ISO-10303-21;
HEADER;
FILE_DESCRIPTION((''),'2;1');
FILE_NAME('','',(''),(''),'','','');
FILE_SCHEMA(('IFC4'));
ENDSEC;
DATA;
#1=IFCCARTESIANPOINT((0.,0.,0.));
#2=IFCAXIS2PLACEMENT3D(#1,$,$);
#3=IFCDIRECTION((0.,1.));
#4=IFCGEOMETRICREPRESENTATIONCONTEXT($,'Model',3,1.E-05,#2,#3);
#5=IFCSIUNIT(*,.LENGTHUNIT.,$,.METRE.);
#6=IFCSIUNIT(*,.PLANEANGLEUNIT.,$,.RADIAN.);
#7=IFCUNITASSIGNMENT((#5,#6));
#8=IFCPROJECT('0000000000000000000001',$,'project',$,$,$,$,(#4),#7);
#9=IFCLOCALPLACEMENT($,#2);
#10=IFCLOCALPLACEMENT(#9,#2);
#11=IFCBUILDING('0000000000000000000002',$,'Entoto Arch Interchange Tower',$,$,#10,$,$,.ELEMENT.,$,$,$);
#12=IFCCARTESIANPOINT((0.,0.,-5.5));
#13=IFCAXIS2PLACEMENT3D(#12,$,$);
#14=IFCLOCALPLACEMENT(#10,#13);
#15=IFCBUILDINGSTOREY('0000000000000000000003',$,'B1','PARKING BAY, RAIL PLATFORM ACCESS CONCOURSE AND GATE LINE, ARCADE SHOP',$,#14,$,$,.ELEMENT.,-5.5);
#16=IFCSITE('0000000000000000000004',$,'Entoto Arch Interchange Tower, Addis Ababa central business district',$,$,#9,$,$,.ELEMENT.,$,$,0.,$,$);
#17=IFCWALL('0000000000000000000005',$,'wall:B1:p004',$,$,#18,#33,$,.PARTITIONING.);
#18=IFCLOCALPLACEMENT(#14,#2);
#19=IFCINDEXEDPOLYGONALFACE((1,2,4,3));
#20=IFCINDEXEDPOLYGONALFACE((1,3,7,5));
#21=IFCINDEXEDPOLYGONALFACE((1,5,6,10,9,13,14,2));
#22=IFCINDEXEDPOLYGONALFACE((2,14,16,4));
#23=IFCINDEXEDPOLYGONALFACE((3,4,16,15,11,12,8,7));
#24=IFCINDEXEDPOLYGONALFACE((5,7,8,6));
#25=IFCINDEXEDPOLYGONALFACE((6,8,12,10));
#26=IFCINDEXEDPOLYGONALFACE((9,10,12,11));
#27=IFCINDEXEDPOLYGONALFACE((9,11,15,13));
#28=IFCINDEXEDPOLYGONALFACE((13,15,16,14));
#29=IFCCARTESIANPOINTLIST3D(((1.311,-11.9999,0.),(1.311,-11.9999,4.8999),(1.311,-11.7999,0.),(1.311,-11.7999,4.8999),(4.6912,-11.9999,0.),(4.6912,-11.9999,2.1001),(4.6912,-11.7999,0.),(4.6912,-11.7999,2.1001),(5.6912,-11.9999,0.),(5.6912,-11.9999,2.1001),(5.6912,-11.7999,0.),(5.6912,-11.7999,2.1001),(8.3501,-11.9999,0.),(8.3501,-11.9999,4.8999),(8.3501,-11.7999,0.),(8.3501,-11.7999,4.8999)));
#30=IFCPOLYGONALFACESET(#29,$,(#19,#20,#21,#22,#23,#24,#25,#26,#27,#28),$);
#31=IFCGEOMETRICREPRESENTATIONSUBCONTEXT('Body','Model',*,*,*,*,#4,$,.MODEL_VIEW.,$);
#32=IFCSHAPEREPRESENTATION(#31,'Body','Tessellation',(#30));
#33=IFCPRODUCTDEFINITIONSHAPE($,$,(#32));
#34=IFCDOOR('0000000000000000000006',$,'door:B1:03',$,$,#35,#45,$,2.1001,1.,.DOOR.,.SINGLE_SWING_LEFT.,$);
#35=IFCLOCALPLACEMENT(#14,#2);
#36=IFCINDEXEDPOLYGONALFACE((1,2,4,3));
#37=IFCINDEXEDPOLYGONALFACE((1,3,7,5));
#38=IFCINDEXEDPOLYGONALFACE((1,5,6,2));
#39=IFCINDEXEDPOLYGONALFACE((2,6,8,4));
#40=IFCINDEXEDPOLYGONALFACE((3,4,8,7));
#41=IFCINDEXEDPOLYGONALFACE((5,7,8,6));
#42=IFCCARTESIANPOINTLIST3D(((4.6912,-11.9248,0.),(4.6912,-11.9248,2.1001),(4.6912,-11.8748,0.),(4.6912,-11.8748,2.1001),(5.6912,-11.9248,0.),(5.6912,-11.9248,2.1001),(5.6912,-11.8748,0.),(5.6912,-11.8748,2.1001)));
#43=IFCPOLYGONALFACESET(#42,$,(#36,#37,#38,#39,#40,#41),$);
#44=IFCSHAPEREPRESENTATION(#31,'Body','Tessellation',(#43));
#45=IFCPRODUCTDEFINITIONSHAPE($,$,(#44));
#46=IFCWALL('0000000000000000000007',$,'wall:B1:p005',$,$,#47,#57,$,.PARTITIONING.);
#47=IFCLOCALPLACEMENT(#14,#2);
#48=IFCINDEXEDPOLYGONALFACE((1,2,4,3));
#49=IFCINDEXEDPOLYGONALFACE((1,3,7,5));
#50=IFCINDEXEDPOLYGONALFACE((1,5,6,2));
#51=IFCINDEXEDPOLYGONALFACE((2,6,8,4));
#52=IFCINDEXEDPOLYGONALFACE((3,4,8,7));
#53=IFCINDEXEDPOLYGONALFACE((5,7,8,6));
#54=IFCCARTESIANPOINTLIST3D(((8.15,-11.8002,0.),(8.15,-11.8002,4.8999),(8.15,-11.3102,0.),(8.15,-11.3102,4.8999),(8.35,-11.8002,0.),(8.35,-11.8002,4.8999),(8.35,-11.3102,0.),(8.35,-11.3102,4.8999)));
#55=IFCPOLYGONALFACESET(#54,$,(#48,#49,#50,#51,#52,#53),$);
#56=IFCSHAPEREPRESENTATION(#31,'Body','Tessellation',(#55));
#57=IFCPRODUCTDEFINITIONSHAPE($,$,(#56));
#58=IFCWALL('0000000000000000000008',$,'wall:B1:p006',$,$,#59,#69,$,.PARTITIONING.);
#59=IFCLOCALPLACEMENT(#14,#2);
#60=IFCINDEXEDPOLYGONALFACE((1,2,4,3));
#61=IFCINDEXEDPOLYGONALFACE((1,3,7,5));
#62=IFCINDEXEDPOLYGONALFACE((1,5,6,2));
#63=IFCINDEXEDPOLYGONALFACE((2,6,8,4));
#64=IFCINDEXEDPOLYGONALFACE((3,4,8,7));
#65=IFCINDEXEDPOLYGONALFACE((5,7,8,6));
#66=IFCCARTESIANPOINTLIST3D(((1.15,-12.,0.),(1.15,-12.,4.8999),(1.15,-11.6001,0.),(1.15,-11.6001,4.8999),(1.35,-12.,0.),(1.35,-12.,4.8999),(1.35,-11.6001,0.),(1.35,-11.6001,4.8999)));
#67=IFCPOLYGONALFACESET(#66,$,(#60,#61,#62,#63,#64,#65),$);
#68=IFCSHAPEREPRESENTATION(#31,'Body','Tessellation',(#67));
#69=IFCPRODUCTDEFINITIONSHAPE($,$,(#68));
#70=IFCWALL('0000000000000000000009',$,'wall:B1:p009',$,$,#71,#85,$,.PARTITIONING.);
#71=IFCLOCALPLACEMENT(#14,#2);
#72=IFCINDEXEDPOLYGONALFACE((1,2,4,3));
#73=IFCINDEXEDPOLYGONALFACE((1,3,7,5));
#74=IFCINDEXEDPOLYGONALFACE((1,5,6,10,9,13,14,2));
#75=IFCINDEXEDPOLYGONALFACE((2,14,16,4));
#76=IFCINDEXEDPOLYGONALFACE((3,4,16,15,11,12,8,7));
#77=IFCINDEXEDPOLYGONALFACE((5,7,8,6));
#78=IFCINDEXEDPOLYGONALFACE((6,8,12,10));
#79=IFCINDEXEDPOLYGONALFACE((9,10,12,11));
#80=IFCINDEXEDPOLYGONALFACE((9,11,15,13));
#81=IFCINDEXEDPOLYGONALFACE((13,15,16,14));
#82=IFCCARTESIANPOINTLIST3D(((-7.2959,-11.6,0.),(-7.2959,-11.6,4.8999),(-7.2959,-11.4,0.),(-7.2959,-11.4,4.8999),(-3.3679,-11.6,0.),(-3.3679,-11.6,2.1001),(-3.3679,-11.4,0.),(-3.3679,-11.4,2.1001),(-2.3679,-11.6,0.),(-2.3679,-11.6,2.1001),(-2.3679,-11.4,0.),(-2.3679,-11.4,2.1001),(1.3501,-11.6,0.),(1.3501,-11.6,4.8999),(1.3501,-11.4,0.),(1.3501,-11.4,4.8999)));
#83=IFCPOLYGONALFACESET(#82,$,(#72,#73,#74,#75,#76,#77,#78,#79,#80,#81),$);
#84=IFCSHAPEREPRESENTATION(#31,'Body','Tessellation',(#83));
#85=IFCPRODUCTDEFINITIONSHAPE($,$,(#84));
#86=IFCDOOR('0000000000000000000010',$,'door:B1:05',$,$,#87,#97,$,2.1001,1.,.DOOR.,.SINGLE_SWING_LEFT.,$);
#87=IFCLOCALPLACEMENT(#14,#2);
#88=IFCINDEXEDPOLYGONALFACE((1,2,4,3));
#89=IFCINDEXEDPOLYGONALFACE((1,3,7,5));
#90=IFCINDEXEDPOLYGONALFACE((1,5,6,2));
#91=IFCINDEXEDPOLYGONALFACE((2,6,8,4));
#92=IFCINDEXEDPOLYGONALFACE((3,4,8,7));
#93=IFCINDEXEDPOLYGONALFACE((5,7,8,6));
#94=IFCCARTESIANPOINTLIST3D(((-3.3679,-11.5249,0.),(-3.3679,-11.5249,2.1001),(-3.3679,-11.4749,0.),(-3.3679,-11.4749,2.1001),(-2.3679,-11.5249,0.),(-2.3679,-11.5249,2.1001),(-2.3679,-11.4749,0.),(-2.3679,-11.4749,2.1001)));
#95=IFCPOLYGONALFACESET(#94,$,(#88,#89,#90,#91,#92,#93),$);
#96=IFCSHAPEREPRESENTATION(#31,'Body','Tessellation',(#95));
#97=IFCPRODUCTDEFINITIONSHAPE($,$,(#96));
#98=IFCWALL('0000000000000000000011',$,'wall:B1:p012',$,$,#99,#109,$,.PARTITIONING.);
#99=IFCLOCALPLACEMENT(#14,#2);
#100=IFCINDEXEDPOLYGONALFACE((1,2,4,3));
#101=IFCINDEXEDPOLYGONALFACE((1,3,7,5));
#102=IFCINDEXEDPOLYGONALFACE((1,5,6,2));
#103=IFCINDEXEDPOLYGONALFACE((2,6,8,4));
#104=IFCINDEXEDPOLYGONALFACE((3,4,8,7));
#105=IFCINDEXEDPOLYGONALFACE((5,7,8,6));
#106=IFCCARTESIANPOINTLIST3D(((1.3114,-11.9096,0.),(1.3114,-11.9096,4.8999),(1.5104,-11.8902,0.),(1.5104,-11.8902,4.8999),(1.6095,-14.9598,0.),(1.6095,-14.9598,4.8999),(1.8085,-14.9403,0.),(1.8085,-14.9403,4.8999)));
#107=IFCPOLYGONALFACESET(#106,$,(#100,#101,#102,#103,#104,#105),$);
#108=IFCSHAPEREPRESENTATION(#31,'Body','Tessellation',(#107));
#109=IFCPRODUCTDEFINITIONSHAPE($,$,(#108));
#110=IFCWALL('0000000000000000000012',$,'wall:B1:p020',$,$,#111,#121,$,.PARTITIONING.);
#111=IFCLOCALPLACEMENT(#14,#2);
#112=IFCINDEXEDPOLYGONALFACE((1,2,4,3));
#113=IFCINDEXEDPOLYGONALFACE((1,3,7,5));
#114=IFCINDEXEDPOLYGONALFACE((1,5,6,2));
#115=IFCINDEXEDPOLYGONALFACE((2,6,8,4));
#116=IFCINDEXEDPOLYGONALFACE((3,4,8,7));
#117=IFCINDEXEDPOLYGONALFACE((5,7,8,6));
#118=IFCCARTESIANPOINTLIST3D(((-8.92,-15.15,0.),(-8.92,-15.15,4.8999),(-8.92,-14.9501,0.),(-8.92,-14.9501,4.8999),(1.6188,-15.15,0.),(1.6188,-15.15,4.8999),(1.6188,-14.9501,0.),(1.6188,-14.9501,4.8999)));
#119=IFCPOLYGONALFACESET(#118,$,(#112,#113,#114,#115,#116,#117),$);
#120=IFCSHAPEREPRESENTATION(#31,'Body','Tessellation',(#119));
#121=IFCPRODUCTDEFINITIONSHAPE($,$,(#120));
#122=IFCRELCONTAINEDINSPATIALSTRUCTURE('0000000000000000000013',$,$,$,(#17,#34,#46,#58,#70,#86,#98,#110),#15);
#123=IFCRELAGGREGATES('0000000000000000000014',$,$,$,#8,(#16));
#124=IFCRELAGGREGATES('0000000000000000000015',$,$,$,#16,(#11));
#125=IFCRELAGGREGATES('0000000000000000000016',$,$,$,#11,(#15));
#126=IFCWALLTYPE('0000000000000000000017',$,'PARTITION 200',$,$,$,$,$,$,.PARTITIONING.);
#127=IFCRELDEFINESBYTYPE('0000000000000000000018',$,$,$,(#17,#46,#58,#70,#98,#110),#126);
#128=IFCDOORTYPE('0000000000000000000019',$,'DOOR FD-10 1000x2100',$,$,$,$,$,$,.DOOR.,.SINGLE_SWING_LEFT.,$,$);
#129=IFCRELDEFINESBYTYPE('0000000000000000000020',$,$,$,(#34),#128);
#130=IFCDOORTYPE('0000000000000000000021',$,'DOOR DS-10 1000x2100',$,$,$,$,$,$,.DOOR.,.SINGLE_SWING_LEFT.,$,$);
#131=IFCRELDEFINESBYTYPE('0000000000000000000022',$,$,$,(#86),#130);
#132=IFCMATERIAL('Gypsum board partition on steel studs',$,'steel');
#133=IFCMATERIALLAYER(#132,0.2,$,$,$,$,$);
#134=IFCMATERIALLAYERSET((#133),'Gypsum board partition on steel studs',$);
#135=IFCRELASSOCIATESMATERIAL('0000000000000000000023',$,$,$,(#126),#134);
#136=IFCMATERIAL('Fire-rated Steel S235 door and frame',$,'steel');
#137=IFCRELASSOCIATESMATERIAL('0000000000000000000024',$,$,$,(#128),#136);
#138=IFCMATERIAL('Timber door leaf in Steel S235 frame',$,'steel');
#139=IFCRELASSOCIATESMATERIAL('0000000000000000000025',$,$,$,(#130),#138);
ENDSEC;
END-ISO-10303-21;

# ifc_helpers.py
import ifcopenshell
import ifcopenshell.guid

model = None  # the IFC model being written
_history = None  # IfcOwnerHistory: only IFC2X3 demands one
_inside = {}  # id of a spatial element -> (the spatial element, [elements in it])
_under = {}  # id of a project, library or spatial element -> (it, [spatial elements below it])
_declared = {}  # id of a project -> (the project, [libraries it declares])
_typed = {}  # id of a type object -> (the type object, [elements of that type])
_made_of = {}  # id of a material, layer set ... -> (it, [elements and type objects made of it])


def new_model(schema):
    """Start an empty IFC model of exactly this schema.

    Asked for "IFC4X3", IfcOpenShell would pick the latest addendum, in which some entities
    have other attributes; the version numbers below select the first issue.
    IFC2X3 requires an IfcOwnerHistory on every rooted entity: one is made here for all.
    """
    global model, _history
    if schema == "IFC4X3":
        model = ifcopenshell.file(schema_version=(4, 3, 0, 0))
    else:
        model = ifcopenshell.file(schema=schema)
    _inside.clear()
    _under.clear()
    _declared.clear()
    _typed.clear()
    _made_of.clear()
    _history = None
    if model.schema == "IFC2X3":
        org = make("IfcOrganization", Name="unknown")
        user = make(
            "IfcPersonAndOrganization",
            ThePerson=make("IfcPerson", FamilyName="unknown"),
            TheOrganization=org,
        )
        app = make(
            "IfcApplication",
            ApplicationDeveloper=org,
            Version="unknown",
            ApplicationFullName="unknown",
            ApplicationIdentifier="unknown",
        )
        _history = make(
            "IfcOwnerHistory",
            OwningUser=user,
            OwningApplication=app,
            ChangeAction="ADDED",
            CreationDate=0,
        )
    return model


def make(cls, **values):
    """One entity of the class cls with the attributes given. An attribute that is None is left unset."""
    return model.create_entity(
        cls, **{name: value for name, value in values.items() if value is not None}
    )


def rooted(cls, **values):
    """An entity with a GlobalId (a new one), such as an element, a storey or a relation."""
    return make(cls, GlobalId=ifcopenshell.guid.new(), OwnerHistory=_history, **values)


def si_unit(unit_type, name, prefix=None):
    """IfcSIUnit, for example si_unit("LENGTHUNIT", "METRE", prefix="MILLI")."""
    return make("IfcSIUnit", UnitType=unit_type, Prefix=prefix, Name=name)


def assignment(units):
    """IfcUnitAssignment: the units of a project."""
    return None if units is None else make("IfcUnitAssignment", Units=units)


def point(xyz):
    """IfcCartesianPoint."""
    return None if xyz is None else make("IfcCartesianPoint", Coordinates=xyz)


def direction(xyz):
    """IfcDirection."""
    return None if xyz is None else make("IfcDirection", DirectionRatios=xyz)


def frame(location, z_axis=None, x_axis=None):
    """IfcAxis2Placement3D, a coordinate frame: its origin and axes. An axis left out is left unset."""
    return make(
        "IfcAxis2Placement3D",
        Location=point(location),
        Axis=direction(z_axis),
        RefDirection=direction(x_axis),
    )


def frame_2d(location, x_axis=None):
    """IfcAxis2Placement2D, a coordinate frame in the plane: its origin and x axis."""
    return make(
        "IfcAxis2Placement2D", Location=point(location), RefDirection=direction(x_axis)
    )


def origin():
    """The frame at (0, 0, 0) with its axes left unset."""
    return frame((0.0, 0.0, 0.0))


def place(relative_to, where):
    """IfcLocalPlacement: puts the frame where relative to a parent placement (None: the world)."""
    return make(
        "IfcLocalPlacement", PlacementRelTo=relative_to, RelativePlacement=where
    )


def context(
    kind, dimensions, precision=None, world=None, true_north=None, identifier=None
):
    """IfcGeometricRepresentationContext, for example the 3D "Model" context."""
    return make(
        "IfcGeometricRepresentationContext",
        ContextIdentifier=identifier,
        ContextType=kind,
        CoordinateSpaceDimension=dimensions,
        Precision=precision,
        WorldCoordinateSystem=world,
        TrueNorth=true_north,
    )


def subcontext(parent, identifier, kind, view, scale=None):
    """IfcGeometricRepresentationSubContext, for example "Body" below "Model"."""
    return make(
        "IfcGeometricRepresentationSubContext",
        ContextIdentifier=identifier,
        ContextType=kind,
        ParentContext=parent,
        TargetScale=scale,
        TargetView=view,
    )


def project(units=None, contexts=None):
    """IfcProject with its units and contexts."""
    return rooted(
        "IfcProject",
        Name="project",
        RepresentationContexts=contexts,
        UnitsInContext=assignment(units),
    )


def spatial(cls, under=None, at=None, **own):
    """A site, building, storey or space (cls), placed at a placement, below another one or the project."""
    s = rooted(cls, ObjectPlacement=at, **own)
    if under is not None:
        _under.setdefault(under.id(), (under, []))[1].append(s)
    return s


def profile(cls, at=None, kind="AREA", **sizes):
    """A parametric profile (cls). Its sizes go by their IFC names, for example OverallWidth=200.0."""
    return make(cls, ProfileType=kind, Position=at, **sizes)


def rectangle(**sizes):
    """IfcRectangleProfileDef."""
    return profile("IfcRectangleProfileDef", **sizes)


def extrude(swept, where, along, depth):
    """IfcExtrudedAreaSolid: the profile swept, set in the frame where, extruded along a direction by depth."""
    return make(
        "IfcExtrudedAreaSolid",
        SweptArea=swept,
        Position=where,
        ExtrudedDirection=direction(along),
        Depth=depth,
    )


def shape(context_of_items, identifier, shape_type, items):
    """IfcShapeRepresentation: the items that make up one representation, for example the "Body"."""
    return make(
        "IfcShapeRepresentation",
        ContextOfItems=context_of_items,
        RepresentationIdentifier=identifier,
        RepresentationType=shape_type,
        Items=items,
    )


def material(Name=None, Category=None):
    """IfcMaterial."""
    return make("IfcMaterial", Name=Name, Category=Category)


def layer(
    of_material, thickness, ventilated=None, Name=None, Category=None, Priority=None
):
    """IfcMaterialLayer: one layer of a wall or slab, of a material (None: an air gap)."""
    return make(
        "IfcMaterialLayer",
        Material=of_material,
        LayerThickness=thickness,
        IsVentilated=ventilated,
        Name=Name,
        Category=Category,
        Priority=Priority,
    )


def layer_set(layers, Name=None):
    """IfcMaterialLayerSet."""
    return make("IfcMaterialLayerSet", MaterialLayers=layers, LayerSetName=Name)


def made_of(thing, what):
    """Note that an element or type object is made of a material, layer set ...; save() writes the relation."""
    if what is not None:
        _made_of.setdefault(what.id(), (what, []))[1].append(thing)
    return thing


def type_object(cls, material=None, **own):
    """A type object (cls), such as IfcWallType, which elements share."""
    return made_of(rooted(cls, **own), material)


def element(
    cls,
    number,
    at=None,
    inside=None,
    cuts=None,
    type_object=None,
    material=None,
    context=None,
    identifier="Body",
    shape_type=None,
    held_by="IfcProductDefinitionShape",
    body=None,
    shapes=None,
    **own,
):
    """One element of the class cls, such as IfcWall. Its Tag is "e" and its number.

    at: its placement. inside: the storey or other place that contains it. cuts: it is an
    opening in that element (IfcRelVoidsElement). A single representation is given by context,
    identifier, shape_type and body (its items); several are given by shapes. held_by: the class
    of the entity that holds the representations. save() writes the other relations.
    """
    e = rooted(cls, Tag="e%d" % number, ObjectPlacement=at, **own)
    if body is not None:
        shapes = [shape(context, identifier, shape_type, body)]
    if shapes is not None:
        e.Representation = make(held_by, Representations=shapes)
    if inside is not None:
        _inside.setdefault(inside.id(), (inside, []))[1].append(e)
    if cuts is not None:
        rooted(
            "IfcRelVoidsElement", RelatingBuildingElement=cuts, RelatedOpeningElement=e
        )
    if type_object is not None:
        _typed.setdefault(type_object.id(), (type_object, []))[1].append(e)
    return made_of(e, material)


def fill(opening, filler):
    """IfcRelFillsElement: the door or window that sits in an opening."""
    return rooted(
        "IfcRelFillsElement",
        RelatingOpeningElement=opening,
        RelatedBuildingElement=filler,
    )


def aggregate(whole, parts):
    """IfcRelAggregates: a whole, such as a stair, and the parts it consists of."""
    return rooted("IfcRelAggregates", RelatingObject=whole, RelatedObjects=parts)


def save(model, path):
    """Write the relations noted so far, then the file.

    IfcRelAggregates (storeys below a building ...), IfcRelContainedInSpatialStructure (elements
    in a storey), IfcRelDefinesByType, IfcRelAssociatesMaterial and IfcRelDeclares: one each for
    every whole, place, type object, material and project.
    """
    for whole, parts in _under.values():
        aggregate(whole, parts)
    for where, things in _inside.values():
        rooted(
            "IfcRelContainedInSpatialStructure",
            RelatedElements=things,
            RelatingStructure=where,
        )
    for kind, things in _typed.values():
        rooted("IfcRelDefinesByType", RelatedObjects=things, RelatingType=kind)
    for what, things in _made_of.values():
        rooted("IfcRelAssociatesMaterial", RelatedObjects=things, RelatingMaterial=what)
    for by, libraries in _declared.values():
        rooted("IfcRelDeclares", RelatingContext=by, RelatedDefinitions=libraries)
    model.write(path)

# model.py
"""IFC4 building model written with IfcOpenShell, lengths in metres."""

from ifc_helpers import new_model, si_unit, direction, frame, frame_2d, origin, place, context, subcontext, project, spatial, rectangle, extrude, material, layer, layer_set, type_object, element, fill, save


model = new_model("IFC4")

# Units and contexts
model_context = context("Model", 3, precision=1e-05, world=origin(), true_north=direction((0.0, 1.0)))
body_context = subcontext(model_context, "Body", "Model", "MODEL_VIEW")
ifc_project = project(units=[si_unit("LENGTHUNIT", "METRE"), si_unit("PLANEANGLEUNIT", "RADIAN")], contexts=[model_context])

# Site, building, storey
site_placement = place(None, origin())
site = spatial("IfcSite", under=ifc_project, at=site_placement, Name="Entoto Arch Interchange Tower, Addis Ababa central business district", CompositionType="ELEMENT", RefElevation=0.0)
building_placement = place(site_placement, origin())
building = spatial("IfcBuilding", under=site, at=building_placement, Name="Entoto Arch Interchange Tower", CompositionType="ELEMENT")
storey_placement = place(building_placement, frame((0.0, 0.0, -5.5)))
storey = spatial("IfcBuildingStorey", under=building, at=storey_placement, Name="B1", Description="PARKING BAY, RAIL PLATFORM ACCESS CONCOURSE AND GATE LINE, ARCADE SHOP", CompositionType="ELEMENT", Elevation=-5.5)

# Shared definitions
ifc_material_1 = material(Name="Fire-rated Steel S235 door and frame", Category="steel")

# Shared definitions
ifc_material_2 = material(Name="Gypsum board partition on steel studs", Category="steel")
ifc_layer_1 = layer(ifc_material_2, 0.2)
ifc_layer_set_1 = layer_set([ifc_layer_1], Name="Gypsum board partition on steel studs")
wall_type_1 = type_object("IfcWallType", Name="PARTITION 200", PredefinedType="PARTITIONING", material=ifc_layer_set_1)
door_type_1 = type_object("IfcDoorType", Name="DOOR FD-10 1000x2100", OperationType="SINGLE_SWING_LEFT", PredefinedType="DOOR", material=ifc_material_1)

# Wall, opening, door
wall_1_placement = place(storey_placement, frame((8.3501, -11.8999, 0.0), z_axis=(0.0, 0.0, 1.0), x_axis=(-1.0, 0.0, 0.0)))
wall_1 = element("IfcWall", 1, at=wall_1_placement, inside=storey, type_object=wall_type_1, Name="wall:B1:p004", PredefinedType="PARTITIONING", context=body_context, shape_type="SweptSolid", body=[
    extrude(rectangle(XDim=7.0391, YDim=0.2, at=frame_2d((3.5195, 0.0))), origin(), (0.0, 0.0, 1.0), 4.8999),
])
opening_1_placement = place(wall_1_placement, frame((2.6589, 0.0, 0.0)))
opening_1 = element("IfcOpeningElement", 2, at=opening_1_placement, cuts=wall_1, PredefinedType="OPENING", context=body_context, shape_type="SweptSolid", body=[
    extrude(rectangle(XDim=1.0, YDim=2.1001, at=frame_2d((0.5, 1.05))), frame((0.0, 0.1099, 0.0), z_axis=(0.0, -1.0, 0.0), x_axis=(1.0, 0.0, 0.0)), (0.0, 0.0, 1.0), 0.22),
])
door_1_placement = place(opening_1_placement, origin())
door_1 = element("IfcDoor", 3, at=door_1_placement, inside=storey, type_object=door_type_1, Name="door:B1:03", OperationType="SINGLE_SWING_LEFT", OverallHeight=2.1001, OverallWidth=1.0, PredefinedType="DOOR", context=body_context, shape_type="SweptSolid", body=[
    extrude(rectangle(XDim=1.0, YDim=2.1001, at=frame_2d((0.5, 1.05))), frame((0.0, 0.0249, 0.0), z_axis=(0.0, -1.0, 0.0), x_axis=(1.0, 0.0, 0.0)), (0.0, 0.0, 1.0), 0.05),
])
fill(opening_1, door_1)

# Walls
wall_2_placement = place(storey_placement, frame((8.25, -11.3101, 0.0), z_axis=(0.0, 0.0, 1.0), x_axis=(0.0, -1.0, 0.0)))
element("IfcWall", 4, at=wall_2_placement, inside=storey, type_object=wall_type_1, Name="wall:B1:p005", PredefinedType="PARTITIONING", context=body_context, shape_type="SweptSolid", body=[
    extrude(rectangle(XDim=0.49, YDim=0.2, at=frame_2d((0.2451, 0.0))), origin(), (0.0, 0.0, 1.0), 4.8999),
])
wall_3_placement = place(storey_placement, frame((1.25, -12.0, 0.0), z_axis=(0.0, 0.0, 1.0), x_axis=(0.0, 1.0, 0.0)))
element("IfcWall", 5, at=wall_3_placement, inside=storey, type_object=wall_type_1, Name="wall:B1:p006", PredefinedType="PARTITIONING", context=body_context, shape_type="SweptSolid", body=[
    extrude(rectangle(XDim=0.3999, YDim=0.2, at=frame_2d((0.2, 0.0))), origin(), (0.0, 0.0, 1.0), 4.8999),
])

# Wall, opening, door
wall_4_placement = place(storey_placement, frame((1.3501, -11.5, 0.0), z_axis=(0.0, 0.0, 1.0), x_axis=(-1.0, 0.0, 0.0)))
wall_4 = element("IfcWall", 6, at=wall_4_placement, inside=storey, type_object=wall_type_1, Name="wall:B1:p009", PredefinedType="PARTITIONING", context=body_context, shape_type="SweptSolid", body=[
    extrude(rectangle(XDim=8.646, YDim=0.2, at=frame_2d((4.323, 0.0))), origin(), (0.0, 0.0, 1.0), 4.8999),
])
opening_2_placement = place(wall_4_placement, frame((3.718, 0.0, 0.0)))
opening_2 = element("IfcOpeningElement", 7, at=opening_2_placement, cuts=wall_4, PredefinedType="OPENING", context=body_context, shape_type="SweptSolid", body=[
    extrude(rectangle(XDim=1.0, YDim=2.1001, at=frame_2d((0.5, 1.05))), frame((0.0, 0.1099, 0.0), z_axis=(0.0, -1.0, 0.0), x_axis=(1.0, 0.0, 0.0)), (0.0, 0.0, 1.0), 0.22),
])
ifc_material_3 = material(Name="Timber door leaf in Steel S235 frame", Category="steel")
door_type_2 = type_object("IfcDoorType", Name="DOOR DS-10 1000x2100", OperationType="SINGLE_SWING_LEFT", PredefinedType="DOOR", material=ifc_material_3)
door_2_placement = place(opening_2_placement, origin())
door_2 = element("IfcDoor", 8, at=door_2_placement, inside=storey, type_object=door_type_2, Name="door:B1:05", OperationType="SINGLE_SWING_LEFT", OverallHeight=2.1001, OverallWidth=1.0, PredefinedType="DOOR", context=body_context, shape_type="SweptSolid", body=[
    extrude(rectangle(XDim=1.0, YDim=2.1001, at=frame_2d((0.5, 1.05))), frame((0.0, 0.0249, 0.0), z_axis=(0.0, -1.0, 0.0), x_axis=(1.0, 0.0, 0.0)), (0.0, 0.0, 1.0), 0.05),
])
fill(opening_2, door_2)

# Walls
wall_5_placement = place(storey_placement, frame((1.709, -14.95, 0.0), z_axis=(0.0, 0.0, 1.0), x_axis=(-0.097271, 0.995258, 0.0)))
element("IfcWall", 9, at=wall_5_placement, inside=storey, type_object=wall_type_1, Name="wall:B1:p012", PredefinedType="PARTITIONING", context=body_context, shape_type="SweptSolid", body=[
    extrude(rectangle(XDim=3.0647, YDim=0.2, at=frame_2d((1.5322, 0.0))), origin(), (0.0, 0.0, 1.0), 4.8999),
])
wall_6_placement = place(storey_placement, frame((1.6189, -15.05, 0.0), z_axis=(0.0, 0.0, 1.0), x_axis=(-1.0, 0.0, 0.0)))
element("IfcWall", 10, at=wall_6_placement, inside=storey, type_object=wall_type_1, Name="wall:B1:p020", PredefinedType="PARTITIONING", context=body_context, shape_type="SweptSolid", body=[
    extrude(rectangle(XDim=10.5388, YDim=0.2, at=frame_2d((5.2695, 0.0))), origin(), (0.0, 0.0, 1.0), 4.8999),
])

save(model, "model.ifc")
